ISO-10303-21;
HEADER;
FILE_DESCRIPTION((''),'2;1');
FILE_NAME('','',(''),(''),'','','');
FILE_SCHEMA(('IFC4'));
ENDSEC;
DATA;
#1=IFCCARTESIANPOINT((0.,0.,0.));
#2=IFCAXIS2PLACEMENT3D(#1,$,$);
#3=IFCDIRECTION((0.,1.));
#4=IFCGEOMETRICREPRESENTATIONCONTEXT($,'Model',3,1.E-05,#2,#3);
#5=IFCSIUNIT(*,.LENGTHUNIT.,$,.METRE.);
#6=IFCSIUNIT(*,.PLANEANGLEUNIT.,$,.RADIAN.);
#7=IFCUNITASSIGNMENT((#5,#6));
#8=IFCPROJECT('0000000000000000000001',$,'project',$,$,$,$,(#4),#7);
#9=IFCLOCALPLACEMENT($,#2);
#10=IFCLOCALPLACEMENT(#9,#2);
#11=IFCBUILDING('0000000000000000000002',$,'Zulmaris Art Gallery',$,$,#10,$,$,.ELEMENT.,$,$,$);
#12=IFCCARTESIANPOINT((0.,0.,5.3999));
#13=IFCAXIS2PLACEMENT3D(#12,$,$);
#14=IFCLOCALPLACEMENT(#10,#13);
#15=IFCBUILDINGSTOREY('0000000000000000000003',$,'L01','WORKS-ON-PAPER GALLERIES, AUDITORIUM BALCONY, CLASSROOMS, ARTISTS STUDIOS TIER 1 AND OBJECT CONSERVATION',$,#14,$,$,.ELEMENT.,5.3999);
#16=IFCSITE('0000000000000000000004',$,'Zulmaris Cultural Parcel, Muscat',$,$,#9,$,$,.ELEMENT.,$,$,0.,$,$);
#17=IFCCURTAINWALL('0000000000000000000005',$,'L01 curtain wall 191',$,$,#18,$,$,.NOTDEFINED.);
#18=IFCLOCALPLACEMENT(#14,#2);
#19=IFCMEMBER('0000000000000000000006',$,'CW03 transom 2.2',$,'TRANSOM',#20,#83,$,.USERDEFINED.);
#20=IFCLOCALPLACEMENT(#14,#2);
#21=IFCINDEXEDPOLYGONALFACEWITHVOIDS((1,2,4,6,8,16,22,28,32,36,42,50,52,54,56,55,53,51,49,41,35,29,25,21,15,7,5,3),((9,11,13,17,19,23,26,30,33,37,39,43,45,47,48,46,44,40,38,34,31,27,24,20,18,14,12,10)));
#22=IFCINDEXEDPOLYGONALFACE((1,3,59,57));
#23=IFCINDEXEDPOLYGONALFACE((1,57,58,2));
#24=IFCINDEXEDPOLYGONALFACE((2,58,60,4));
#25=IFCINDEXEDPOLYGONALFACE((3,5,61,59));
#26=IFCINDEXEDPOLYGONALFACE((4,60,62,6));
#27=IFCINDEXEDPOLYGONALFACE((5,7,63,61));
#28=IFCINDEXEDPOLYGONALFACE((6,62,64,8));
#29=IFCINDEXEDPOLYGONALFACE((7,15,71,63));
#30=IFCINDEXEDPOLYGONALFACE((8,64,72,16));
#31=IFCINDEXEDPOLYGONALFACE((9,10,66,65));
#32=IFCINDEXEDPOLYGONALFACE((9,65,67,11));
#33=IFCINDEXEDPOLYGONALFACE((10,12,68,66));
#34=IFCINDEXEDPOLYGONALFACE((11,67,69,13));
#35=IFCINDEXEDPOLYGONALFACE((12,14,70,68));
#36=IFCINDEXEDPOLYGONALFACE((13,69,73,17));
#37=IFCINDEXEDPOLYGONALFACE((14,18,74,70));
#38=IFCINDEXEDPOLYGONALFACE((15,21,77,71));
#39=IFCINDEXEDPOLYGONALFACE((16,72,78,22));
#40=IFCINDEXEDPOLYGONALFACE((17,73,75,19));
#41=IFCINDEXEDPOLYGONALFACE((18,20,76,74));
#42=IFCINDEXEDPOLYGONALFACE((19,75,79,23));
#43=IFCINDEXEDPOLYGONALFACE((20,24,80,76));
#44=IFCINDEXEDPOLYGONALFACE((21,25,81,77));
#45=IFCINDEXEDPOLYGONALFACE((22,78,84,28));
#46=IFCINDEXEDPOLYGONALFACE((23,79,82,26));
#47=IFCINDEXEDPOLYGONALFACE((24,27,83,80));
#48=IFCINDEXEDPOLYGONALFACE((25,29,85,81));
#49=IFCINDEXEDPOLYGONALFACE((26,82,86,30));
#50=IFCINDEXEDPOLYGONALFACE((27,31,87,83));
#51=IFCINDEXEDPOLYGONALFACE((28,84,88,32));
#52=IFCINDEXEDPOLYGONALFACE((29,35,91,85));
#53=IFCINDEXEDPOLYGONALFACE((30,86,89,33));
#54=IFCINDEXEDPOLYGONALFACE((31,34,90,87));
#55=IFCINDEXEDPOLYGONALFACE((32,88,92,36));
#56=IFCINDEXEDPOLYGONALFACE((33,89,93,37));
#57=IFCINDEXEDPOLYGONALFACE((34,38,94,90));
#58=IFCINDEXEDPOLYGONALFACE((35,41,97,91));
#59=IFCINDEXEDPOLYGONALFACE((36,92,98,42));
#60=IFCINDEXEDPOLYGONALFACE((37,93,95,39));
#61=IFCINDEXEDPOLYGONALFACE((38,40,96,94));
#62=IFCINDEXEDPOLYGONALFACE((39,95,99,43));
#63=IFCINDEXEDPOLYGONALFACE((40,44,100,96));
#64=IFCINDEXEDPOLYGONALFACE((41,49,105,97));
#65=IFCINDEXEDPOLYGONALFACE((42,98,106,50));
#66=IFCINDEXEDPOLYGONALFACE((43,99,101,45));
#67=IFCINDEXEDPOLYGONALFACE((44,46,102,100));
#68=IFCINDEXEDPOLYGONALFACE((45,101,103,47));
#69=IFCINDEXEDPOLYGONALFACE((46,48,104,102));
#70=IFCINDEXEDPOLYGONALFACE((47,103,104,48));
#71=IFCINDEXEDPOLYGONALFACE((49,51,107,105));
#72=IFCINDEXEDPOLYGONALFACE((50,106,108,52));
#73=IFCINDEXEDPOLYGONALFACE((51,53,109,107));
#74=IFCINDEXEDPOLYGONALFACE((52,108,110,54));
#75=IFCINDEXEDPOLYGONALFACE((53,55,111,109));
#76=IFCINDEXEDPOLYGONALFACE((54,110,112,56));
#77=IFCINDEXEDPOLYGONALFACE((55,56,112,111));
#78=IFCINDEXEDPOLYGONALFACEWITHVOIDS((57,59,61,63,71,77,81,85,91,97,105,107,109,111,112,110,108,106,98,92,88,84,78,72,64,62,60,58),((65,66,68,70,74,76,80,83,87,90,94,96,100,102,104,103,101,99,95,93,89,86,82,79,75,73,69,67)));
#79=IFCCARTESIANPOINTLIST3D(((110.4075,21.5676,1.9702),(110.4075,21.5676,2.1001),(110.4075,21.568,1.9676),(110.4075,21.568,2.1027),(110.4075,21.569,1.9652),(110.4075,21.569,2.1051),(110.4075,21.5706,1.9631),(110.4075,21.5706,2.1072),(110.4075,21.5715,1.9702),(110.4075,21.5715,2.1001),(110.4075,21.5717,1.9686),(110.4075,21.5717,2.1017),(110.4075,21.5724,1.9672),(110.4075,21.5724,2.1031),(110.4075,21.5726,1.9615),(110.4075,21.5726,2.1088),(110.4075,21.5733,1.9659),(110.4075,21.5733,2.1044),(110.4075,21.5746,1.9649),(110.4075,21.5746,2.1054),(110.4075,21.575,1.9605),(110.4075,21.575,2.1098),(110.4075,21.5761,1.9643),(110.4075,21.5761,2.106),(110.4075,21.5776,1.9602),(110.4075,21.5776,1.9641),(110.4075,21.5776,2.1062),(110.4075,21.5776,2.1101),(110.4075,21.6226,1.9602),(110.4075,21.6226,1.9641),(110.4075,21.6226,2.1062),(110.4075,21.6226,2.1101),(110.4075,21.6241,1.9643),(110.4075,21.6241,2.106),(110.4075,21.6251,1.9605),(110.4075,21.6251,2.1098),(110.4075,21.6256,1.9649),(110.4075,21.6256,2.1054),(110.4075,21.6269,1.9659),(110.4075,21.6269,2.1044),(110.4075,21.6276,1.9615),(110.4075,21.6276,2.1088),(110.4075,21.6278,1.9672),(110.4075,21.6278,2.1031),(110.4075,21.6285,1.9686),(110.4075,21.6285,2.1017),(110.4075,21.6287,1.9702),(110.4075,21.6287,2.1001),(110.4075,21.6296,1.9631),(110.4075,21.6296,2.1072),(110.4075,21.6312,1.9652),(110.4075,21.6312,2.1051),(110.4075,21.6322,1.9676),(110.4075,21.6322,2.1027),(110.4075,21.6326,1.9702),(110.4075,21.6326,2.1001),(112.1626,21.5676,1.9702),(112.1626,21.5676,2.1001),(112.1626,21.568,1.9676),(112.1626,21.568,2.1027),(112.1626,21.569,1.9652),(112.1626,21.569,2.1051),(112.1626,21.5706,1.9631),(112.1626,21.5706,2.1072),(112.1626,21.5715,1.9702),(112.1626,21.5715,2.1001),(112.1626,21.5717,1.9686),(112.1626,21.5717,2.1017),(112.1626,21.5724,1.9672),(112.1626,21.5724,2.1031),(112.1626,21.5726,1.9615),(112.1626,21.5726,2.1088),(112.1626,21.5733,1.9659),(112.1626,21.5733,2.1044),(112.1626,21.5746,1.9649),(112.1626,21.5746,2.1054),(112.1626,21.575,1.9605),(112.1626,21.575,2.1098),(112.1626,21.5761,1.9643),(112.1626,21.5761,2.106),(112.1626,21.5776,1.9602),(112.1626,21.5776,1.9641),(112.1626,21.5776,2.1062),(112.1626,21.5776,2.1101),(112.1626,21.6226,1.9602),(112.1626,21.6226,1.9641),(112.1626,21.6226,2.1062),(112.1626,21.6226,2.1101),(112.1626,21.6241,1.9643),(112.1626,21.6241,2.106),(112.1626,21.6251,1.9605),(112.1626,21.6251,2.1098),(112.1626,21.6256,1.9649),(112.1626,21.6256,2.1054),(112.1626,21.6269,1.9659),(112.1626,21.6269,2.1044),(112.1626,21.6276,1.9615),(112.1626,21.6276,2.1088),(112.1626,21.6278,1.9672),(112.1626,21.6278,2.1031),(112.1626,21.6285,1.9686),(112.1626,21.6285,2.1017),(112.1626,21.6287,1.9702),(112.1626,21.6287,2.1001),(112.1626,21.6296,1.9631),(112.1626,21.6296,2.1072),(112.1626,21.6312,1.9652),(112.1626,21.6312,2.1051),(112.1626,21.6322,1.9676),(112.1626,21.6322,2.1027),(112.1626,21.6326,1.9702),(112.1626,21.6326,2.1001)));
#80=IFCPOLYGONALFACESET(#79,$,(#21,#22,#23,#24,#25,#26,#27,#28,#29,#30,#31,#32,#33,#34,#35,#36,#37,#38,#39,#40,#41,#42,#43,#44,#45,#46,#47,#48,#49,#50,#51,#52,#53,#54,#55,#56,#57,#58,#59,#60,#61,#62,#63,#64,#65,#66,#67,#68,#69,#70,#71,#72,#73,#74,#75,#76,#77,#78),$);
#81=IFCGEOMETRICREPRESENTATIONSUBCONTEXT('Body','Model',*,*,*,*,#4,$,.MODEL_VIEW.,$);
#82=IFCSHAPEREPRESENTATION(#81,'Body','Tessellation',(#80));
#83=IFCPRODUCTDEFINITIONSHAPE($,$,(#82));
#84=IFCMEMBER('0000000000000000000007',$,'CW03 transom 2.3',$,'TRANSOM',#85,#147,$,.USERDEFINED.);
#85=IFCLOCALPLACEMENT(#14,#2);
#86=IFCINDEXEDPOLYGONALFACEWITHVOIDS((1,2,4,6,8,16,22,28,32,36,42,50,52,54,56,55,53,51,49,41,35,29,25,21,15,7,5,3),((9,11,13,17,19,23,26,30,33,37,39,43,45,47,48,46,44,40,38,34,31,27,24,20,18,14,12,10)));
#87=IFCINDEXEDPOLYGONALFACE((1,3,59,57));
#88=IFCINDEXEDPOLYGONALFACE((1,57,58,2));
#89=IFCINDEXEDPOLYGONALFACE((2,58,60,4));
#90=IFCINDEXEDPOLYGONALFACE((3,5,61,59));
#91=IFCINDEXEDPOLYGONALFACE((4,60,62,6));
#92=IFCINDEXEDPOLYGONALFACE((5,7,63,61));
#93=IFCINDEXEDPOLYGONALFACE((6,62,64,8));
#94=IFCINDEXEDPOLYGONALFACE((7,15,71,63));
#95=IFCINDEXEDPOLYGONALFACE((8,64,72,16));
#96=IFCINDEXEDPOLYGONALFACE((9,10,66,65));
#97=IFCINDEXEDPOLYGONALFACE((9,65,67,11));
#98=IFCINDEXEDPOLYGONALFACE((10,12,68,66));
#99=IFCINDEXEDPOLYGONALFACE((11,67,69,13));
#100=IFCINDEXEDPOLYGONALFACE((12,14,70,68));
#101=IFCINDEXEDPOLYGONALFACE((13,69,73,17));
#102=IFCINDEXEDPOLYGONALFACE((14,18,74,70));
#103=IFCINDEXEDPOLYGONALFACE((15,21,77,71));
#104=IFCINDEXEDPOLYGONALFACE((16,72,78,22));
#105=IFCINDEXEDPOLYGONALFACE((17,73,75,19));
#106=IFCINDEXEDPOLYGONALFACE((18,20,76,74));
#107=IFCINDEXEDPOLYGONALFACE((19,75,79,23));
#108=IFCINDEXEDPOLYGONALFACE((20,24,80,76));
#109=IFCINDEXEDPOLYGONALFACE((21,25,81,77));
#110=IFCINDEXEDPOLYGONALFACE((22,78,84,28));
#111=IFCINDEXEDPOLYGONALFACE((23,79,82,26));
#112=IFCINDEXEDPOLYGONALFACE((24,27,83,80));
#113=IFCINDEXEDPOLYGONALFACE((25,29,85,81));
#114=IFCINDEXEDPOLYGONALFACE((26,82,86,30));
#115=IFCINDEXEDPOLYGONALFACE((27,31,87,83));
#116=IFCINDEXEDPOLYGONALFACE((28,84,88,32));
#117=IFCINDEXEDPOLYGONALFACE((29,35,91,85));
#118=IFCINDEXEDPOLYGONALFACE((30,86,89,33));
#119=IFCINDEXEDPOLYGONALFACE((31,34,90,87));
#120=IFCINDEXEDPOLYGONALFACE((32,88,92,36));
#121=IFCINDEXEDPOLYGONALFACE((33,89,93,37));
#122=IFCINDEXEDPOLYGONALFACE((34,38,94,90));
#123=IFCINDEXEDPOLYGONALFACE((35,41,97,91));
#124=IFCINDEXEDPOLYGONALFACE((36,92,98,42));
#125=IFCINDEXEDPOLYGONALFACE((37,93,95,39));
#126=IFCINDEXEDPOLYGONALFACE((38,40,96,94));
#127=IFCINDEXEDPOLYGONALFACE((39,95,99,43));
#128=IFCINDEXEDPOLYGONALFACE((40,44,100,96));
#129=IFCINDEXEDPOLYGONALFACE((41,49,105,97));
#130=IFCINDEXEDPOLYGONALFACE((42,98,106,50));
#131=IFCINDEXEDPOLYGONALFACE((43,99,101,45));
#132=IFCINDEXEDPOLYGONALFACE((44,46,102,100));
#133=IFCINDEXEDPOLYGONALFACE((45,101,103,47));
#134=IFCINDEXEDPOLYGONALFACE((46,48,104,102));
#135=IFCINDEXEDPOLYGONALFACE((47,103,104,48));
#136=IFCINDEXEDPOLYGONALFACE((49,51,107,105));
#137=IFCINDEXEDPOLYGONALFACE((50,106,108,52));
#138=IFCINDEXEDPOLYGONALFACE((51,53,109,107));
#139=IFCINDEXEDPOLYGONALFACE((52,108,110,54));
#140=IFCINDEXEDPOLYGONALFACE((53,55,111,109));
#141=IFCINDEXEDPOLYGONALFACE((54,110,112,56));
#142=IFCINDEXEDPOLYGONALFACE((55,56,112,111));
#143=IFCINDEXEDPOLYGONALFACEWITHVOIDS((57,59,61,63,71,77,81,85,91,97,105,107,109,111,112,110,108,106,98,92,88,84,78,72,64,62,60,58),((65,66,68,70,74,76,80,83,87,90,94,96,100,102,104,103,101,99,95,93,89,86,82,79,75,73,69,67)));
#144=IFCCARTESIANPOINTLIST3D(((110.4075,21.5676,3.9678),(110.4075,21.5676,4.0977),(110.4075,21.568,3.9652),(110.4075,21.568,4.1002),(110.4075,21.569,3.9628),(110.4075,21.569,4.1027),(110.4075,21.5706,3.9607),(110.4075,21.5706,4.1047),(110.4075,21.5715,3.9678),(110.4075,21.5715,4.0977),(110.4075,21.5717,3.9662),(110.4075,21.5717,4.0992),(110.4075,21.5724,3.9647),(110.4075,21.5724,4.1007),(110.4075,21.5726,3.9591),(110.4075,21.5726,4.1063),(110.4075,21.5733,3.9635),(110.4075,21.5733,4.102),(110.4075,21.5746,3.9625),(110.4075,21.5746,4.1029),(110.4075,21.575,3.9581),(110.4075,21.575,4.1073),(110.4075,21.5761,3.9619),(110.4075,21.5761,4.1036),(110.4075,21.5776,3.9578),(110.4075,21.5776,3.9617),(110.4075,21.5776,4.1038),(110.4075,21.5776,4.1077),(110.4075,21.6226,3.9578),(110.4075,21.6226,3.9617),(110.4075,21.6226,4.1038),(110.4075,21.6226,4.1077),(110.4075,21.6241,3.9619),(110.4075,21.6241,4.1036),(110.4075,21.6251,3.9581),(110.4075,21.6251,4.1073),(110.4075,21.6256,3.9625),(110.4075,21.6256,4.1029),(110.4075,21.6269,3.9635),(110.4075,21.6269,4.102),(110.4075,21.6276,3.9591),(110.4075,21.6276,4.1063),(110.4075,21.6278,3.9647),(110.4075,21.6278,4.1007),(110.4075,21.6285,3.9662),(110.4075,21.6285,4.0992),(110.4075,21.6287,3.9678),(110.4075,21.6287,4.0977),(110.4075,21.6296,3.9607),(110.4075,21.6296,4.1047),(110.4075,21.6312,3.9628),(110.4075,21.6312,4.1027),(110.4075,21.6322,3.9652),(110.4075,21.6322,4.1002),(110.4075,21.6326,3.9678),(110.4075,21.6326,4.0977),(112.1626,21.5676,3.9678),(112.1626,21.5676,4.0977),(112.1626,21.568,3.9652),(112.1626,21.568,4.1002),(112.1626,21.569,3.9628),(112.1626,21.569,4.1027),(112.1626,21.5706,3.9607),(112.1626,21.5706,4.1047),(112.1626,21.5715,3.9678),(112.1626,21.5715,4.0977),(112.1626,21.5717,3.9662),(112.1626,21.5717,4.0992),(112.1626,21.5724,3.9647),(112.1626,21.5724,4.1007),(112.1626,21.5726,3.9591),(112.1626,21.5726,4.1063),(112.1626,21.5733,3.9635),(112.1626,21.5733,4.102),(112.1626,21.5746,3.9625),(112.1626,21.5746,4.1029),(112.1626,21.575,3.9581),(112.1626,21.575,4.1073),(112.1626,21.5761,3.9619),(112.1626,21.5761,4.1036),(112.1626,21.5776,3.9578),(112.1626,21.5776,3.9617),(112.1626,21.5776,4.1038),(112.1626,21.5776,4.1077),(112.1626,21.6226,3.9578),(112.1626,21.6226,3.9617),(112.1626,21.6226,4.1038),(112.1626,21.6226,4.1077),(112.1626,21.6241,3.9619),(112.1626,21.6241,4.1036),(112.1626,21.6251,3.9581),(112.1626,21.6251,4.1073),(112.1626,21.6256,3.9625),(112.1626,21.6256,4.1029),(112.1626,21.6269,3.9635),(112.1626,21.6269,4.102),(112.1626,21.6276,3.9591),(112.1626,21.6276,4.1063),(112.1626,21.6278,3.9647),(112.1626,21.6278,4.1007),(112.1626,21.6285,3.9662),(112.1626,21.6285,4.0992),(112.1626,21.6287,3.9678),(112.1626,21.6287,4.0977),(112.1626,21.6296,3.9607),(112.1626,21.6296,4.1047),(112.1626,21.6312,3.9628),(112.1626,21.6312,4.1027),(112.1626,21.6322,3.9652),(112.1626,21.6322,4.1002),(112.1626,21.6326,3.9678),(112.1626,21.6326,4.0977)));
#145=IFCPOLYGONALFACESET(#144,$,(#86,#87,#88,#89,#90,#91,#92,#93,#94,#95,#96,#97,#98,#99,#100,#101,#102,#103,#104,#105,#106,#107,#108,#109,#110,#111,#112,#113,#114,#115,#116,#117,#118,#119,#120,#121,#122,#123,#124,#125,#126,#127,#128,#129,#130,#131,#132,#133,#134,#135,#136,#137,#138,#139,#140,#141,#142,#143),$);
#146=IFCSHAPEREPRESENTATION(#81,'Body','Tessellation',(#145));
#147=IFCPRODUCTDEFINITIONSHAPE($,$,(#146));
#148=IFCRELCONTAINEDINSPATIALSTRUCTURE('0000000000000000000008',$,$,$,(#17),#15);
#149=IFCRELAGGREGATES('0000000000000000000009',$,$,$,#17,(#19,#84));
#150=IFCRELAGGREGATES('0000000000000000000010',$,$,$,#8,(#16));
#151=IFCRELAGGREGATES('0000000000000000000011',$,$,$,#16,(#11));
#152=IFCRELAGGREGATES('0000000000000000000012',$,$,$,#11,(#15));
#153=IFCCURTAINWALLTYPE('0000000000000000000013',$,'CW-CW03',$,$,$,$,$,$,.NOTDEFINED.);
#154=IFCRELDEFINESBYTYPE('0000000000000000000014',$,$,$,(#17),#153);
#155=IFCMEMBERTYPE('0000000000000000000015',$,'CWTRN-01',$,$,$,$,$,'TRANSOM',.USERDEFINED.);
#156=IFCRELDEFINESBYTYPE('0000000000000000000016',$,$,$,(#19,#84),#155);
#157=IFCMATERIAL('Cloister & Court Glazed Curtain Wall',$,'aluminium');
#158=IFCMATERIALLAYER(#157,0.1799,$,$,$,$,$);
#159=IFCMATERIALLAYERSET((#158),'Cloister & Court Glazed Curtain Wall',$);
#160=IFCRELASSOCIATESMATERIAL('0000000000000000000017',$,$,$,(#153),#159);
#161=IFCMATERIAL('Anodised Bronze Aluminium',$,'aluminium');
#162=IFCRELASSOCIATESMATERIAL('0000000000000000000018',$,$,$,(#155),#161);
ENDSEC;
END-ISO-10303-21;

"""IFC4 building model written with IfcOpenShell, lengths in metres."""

from ifc_helpers import new_model, si_unit, direction, frame, origin, origin_2d, place, context, subcontext, project, spatial, hollow_rectangle, extrude, material, layer, layer_set, material_profile, profile_set, type_object, element, aggregate, save


model = new_model("IFC4")

# Units and contexts
model_context = context("Model", 3, precision=1e-05, world=origin(), true_north=direction((0.0, 1.0)))
body_context = subcontext(model_context, "Body", "Model", "MODEL_VIEW")
ifc_project = project(units=[si_unit("LENGTHUNIT", "METRE"), si_unit("PLANEANGLEUNIT", "RADIAN")], contexts=[model_context])

# Site, building, storey
site_placement = place(None, origin())
site = spatial("IfcSite", under=ifc_project, at=site_placement, Name="Zulmaris Cultural Parcel, Muscat", CompositionType="ELEMENT", RefElevation=0.0)
building_placement = place(site_placement, origin())
building = spatial("IfcBuilding", under=site, at=building_placement, Name="Zulmaris Art Gallery", CompositionType="ELEMENT")
storey_placement = place(building_placement, frame((0.0, 0.0, 5.3999)))
storey = spatial("IfcBuildingStorey", under=building, at=storey_placement, Name="L01", Description="WORKS-ON-PAPER GALLERIES, AUDITORIUM BALCONY, CLASSROOMS, ARTISTS STUDIOS TIER 1 AND OBJECT CONSERVATION", CompositionType="ELEMENT", Elevation=5.3999)

# Shared definitions
ifc_material_1 = material(Name="Cloister & Court Glazed Curtain Wall", Category="aluminium")
ifc_layer_1 = layer(ifc_material_1, 0.1799)
ifc_layer_set_1 = layer_set([ifc_layer_1], Name="Cloister & Court Glazed Curtain Wall")
curtain_wall_type = type_object("IfcCurtainWallType", Name="CW-CW03", PredefinedType="NOTDEFINED", material=ifc_layer_set_1)
ifc_material_2 = material(Name="Anodised Bronze Aluminium", Category="aluminium")

# Curtain wall, members
curtain_wall_1_placement = place(storey_placement, origin())
curtain_wall_1 = element("IfcCurtainWall", 1, at=curtain_wall_1_placement, inside=storey, type_object=curtain_wall_type, Name="L01 curtain wall 191", PredefinedType="NOTDEFINED")
ifc_material_profile_1 = material_profile(ifc_material_2, hollow_rectangle(XDim=0.0649, YDim=0.1499, WallThickness=0.0039, InnerFilletRadius=0.0061, OuterFilletRadius=0.01, at=origin_2d()), Name="ALU 65x150x4")
ifc_profile_set_1 = profile_set([ifc_material_profile_1], Name="Anodised Bronze Aluminium")
member_type_1 = type_object("IfcMemberType", Name="CWTRN-01", ElementType="TRANSOM", PredefinedType="USERDEFINED", material=ifc_profile_set_1)
member_1_placement = place(storey_placement, frame((110.4075, 21.6001, 2.0352), z_axis=(1.0, 0.0, 0.0), x_axis=(0.0, 1.0, 0.0)))
member_1 = element("IfcMember", 2, at=member_1_placement, type_object=member_type_1, Name="CW03 transom 2.2", ObjectType="TRANSOM", PredefinedType="USERDEFINED", context=body_context, shape_type="SweptSolid", body=[
    extrude(hollow_rectangle(XDim=0.0649, YDim=0.1499, WallThickness=0.0039, InnerFilletRadius=0.0061, OuterFilletRadius=0.01, at=origin_2d()), origin(), (0.0, 0.0, 1.0), 1.7551),
])
member_2_placement = place(storey_placement, frame((110.4075, 21.6001, 4.0327), z_axis=(1.0, 0.0, 0.0), x_axis=(0.0, 1.0, 0.0)))
member_2 = element("IfcMember", 3, at=member_2_placement, type_object=member_type_1, Name="CW03 transom 2.3", ObjectType="TRANSOM", PredefinedType="USERDEFINED", context=body_context, shape_type="SweptSolid", body=[
    extrude(hollow_rectangle(XDim=0.0649, YDim=0.1499, WallThickness=0.0039, InnerFilletRadius=0.0061, OuterFilletRadius=0.01, at=origin_2d()), origin(), (0.0, 0.0, 1.0), 1.7551),
])

aggregate(curtain_wall_1, [member_1, member_2])

save(model, "model.ifc")
